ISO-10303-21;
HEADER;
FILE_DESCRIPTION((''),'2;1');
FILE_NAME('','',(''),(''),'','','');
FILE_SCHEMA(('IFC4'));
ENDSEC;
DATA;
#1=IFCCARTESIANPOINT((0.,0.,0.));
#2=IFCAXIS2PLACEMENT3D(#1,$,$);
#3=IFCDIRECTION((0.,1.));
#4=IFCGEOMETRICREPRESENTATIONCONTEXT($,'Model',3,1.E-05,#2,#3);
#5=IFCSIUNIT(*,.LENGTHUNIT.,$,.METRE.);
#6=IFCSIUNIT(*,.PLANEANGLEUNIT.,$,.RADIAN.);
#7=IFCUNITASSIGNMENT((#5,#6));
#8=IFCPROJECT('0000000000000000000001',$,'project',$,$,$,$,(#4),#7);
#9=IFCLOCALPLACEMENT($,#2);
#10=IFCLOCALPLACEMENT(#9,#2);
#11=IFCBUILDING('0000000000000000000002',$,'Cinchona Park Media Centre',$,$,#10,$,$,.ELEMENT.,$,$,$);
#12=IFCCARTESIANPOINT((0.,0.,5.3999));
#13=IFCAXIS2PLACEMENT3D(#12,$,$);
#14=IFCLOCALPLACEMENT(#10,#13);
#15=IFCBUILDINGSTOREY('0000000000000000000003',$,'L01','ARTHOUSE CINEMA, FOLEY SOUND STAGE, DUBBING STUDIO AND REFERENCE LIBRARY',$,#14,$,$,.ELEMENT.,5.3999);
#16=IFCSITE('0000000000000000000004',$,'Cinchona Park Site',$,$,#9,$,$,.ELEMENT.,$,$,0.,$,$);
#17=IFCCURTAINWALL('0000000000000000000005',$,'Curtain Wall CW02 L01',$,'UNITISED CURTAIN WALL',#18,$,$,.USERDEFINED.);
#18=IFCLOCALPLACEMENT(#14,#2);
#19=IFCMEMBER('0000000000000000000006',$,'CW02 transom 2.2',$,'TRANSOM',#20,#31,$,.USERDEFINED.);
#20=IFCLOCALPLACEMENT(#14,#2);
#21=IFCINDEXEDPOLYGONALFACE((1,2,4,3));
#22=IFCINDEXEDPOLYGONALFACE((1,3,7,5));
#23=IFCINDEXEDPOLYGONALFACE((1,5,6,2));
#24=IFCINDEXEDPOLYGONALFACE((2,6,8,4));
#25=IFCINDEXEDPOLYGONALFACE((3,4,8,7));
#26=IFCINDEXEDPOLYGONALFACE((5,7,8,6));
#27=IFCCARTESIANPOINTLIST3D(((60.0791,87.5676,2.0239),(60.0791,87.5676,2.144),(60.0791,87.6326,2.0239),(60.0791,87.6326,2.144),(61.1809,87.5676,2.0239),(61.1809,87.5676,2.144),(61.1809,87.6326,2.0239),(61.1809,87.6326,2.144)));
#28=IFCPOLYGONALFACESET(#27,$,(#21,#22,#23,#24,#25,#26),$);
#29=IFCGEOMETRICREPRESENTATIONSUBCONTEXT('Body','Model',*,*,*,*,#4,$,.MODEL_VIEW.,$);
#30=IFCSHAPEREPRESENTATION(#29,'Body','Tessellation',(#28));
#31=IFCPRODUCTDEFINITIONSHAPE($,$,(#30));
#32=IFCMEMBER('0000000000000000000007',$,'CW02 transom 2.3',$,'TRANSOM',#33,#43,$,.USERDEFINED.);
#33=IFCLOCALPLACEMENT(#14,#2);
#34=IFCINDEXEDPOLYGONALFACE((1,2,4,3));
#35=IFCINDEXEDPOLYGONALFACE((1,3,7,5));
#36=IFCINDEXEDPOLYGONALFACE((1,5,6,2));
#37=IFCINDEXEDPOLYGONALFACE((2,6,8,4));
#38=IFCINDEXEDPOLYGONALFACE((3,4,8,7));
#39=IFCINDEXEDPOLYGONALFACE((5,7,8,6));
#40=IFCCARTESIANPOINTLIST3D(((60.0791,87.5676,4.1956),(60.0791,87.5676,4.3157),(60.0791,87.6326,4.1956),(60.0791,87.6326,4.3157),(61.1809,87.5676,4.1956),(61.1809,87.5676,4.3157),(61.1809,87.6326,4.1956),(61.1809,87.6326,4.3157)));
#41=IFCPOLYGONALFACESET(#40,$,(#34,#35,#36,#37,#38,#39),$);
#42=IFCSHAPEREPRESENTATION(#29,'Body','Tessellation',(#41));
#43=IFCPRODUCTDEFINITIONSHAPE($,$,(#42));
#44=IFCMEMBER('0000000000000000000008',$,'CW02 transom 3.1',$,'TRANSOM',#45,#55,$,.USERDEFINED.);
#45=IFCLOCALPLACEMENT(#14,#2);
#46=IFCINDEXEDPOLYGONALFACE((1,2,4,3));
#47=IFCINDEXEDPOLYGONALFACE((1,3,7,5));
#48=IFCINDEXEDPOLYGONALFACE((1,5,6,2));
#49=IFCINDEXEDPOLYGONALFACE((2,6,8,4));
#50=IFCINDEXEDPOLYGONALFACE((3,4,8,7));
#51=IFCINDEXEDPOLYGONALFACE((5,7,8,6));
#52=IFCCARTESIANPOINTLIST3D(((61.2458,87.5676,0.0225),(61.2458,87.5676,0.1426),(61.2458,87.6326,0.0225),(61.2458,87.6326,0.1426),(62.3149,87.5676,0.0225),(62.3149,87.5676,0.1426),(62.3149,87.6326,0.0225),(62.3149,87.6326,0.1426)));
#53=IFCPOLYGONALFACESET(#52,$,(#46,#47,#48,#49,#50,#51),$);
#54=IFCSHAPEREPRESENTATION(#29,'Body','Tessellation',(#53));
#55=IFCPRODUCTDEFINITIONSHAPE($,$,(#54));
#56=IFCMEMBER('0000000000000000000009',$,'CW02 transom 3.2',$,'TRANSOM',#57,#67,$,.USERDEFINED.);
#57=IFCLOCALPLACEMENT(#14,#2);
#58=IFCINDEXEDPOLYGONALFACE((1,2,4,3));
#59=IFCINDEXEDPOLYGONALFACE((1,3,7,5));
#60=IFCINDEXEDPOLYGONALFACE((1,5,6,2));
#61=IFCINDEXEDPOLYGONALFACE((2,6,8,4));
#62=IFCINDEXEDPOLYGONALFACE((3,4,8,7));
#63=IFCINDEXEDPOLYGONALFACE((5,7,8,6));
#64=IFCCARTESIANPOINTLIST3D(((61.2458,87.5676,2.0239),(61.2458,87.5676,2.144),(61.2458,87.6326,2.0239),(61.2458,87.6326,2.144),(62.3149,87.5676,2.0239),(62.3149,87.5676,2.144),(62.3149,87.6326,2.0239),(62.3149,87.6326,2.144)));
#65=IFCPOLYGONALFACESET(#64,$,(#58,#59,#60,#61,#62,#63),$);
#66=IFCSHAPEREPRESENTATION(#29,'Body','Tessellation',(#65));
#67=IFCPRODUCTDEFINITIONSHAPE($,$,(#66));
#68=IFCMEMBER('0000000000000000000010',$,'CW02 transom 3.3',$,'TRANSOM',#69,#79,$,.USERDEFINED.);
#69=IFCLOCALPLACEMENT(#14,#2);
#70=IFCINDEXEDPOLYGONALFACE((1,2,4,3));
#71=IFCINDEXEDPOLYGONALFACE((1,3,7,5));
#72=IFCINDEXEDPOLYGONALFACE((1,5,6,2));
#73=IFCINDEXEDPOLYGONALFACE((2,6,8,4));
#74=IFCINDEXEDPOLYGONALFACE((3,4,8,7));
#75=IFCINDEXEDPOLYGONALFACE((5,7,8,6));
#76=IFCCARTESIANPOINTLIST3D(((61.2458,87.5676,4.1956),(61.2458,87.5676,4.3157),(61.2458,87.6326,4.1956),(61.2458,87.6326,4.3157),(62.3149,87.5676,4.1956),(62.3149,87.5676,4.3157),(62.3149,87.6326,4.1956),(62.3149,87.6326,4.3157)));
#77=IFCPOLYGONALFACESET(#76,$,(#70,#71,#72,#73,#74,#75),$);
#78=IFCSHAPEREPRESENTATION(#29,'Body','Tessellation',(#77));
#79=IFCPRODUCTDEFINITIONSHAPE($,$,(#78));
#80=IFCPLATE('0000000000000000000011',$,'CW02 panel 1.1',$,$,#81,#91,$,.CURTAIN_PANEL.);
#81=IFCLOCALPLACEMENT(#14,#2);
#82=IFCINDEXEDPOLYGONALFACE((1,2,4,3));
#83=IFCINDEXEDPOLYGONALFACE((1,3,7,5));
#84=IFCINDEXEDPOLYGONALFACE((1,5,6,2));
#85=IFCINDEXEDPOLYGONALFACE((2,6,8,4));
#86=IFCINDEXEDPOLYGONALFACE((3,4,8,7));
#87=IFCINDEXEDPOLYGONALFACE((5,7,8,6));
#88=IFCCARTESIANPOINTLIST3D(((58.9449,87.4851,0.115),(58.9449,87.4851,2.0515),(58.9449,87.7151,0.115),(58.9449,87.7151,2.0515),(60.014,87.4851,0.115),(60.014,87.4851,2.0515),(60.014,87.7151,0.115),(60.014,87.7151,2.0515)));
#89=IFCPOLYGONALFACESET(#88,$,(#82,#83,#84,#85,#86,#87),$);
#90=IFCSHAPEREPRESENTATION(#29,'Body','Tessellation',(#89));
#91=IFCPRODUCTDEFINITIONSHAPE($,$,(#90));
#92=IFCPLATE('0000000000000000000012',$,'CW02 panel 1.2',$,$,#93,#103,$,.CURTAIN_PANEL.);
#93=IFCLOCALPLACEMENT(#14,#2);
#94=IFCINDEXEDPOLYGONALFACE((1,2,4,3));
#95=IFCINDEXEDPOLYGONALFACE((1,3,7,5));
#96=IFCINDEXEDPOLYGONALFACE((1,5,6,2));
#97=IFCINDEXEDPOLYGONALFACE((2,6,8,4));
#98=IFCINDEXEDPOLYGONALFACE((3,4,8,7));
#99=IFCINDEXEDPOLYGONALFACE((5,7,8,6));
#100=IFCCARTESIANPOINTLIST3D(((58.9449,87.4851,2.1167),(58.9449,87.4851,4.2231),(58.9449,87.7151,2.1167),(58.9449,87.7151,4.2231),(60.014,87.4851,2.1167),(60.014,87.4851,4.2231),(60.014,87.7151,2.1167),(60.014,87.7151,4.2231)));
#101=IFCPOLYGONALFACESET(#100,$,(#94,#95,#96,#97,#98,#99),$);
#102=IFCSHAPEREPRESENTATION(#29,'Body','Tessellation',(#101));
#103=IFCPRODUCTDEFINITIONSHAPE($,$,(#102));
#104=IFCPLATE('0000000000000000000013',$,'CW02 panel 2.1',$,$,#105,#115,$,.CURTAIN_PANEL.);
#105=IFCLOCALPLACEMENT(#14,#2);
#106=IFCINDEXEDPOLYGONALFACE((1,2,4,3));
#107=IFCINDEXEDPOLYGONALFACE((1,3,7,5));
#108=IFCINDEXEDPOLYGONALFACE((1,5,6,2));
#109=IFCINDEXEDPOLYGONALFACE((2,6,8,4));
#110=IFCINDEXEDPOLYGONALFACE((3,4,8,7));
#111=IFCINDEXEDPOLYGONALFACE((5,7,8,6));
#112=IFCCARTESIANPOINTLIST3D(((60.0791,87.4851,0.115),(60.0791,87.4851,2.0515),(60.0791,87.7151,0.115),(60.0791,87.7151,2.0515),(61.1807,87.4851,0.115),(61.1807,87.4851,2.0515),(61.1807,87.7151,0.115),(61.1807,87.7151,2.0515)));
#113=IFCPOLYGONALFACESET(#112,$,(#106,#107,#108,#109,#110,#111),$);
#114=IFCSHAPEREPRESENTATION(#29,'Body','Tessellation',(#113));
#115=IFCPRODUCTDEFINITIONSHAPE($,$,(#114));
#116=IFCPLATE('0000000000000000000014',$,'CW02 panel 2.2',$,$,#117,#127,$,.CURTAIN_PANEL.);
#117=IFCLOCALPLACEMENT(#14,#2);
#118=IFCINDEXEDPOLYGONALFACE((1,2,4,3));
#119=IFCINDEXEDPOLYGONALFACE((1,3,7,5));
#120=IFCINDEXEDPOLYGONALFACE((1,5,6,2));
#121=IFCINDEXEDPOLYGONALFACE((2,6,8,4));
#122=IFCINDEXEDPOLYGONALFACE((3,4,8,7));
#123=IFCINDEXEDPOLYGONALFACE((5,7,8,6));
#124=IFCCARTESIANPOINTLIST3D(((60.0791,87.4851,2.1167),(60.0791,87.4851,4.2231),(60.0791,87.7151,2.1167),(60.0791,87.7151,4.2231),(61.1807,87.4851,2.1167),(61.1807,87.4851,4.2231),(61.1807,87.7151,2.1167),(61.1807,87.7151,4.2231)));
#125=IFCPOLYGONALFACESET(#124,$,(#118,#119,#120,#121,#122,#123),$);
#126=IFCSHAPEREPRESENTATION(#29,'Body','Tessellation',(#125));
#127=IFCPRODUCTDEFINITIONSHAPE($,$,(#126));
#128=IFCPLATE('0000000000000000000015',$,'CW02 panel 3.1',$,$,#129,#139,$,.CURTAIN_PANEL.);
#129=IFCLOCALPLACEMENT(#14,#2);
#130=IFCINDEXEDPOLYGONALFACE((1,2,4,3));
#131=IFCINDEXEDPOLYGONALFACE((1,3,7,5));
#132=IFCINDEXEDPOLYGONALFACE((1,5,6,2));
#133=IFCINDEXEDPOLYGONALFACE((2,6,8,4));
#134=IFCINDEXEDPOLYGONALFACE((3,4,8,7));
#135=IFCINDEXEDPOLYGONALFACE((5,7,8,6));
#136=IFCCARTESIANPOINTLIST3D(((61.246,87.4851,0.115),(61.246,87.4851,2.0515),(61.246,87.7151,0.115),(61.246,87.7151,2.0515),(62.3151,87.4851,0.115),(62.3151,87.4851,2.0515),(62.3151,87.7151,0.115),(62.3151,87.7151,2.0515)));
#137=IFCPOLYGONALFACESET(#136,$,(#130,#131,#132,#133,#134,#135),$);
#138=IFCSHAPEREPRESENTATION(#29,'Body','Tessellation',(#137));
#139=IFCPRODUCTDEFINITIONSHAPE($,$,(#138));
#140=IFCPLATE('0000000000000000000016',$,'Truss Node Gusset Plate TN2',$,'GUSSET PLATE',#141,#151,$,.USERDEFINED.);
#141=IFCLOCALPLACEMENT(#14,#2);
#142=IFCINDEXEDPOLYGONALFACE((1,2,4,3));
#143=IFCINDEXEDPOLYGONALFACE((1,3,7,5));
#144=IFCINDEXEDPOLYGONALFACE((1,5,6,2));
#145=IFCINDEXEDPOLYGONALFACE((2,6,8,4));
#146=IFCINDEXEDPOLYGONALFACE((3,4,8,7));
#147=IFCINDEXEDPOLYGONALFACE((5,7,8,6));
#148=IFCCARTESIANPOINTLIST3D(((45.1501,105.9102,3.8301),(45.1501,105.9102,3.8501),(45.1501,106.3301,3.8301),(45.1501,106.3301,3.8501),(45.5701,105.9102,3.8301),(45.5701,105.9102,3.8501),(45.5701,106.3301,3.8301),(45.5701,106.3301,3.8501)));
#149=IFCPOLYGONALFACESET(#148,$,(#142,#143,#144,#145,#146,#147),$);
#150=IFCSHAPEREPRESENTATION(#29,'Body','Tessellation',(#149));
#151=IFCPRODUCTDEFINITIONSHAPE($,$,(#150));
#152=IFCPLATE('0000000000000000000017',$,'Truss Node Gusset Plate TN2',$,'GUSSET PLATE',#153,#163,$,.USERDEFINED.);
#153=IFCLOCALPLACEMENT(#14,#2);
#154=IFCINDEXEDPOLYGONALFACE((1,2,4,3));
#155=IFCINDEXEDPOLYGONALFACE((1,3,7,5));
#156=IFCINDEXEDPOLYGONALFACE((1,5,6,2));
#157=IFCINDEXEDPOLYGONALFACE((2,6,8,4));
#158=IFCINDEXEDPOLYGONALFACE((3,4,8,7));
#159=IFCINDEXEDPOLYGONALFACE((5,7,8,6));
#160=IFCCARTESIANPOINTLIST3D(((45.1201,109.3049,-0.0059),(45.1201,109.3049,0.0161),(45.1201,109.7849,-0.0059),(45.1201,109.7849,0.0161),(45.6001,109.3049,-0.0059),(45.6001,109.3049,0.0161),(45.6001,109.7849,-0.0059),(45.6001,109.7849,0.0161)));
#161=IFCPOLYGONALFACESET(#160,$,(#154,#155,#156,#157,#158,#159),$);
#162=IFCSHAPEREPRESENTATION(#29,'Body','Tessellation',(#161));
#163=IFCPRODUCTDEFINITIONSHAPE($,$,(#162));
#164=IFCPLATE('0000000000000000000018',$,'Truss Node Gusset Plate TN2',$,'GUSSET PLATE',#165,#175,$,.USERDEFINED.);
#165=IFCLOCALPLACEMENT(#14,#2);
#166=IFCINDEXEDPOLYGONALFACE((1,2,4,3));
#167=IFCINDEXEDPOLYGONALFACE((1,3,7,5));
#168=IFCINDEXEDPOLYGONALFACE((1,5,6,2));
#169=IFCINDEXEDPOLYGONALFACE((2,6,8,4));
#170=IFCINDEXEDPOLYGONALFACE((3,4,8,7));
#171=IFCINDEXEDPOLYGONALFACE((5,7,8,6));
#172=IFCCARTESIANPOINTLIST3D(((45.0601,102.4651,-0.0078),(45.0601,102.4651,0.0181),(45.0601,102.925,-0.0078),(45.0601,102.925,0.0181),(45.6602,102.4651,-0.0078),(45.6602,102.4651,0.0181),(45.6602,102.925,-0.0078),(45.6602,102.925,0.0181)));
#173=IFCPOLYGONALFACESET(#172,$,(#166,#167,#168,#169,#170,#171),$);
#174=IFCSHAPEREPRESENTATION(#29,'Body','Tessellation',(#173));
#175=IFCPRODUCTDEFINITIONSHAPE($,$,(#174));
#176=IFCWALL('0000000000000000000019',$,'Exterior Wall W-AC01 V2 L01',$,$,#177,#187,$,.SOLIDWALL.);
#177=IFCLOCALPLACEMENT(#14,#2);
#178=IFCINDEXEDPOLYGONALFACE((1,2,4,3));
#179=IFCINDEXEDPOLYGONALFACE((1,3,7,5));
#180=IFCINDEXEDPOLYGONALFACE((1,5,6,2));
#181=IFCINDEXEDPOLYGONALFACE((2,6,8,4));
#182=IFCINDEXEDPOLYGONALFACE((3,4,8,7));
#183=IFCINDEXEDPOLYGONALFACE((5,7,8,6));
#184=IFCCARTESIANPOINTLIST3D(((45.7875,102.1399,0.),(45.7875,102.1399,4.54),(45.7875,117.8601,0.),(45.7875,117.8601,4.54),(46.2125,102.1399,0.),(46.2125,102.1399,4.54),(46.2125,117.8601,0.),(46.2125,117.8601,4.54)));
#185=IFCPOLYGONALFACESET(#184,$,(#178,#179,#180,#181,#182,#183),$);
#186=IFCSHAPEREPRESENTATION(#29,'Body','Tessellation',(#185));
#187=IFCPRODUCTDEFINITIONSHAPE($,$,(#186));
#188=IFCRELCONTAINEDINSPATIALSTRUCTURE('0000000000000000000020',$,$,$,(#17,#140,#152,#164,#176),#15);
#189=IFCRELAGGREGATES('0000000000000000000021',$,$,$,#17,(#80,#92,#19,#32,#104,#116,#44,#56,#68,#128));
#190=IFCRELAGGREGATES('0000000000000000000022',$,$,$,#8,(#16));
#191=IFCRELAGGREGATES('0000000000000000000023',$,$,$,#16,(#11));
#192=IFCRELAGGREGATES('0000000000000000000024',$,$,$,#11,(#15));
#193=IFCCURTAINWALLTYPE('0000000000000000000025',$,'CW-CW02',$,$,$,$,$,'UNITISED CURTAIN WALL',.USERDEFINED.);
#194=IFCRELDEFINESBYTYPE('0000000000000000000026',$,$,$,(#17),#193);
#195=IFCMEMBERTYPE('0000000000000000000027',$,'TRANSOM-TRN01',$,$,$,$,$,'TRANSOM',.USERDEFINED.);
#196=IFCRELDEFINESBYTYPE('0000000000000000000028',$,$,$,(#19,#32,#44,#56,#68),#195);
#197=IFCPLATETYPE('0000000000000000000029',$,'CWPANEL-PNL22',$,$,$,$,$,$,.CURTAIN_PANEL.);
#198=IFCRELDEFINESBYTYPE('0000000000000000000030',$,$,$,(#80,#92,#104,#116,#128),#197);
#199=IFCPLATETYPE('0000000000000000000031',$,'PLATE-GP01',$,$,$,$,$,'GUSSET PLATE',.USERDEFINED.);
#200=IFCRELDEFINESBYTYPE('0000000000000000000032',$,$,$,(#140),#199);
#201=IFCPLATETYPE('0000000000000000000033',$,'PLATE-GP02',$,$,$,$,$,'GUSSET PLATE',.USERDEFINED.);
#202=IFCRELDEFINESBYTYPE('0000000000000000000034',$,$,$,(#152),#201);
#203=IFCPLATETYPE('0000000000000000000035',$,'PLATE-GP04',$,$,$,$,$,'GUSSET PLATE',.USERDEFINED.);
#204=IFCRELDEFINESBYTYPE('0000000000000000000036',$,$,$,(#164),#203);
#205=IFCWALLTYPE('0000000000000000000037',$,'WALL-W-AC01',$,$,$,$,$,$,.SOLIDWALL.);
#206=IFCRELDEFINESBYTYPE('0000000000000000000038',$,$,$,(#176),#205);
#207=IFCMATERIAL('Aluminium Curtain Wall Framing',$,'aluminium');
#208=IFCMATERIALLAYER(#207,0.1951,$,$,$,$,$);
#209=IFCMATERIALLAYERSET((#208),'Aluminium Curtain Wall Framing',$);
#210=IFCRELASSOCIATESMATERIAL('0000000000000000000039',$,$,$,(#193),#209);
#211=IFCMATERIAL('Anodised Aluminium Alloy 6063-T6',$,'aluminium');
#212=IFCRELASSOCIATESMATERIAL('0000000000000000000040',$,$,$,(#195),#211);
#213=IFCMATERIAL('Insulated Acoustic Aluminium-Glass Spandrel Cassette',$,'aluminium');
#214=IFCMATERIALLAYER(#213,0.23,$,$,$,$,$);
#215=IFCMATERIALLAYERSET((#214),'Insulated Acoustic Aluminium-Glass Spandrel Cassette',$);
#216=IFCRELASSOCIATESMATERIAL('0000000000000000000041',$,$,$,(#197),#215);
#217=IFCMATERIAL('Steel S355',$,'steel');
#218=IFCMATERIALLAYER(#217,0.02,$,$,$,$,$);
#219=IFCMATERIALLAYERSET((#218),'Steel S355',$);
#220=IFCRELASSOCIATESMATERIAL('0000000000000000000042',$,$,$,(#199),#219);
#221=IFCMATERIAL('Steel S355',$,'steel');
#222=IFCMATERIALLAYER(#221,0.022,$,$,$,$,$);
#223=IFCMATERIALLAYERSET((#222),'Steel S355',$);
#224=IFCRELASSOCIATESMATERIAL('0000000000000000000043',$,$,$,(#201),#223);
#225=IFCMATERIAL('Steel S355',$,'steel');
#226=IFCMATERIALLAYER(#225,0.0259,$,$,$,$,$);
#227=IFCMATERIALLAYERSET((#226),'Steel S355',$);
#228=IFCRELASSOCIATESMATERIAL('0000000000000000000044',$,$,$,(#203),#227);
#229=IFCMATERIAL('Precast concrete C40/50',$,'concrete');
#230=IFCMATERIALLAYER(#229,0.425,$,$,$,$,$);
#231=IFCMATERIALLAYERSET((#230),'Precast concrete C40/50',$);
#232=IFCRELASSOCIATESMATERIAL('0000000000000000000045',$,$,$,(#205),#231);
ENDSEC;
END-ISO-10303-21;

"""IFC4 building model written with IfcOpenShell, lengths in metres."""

from ifc_helpers import new_model, si_unit, direction, frame, frame_2d, origin, origin_2d, place, context, subcontext, project, spatial, rectangle, extrude, material, layer, layer_set, material_profile, profile_set, type_object, element, aggregate, save


model = new_model("IFC4")

# Units and contexts
model_context = context("Model", 3, precision=1e-05, world=origin(), true_north=direction((0.0, 1.0)))
body_context = subcontext(model_context, "Body", "Model", "MODEL_VIEW")
ifc_project = project(units=[si_unit("LENGTHUNIT", "METRE"), si_unit("PLANEANGLEUNIT", "RADIAN")], contexts=[model_context])

# Site, building, storey
site_placement = place(None, origin())
site = spatial("IfcSite", under=ifc_project, at=site_placement, Name="Cinchona Park Site", CompositionType="ELEMENT", RefElevation=0.0)
building_placement = place(site_placement, origin())
building = spatial("IfcBuilding", under=site, at=building_placement, Name="Cinchona Park Media Centre", CompositionType="ELEMENT")
storey_placement = place(building_placement, frame((0.0, 0.0, 5.3999)))
storey = spatial("IfcBuildingStorey", under=building, at=storey_placement, Name="L01", Description="ARTHOUSE CINEMA, FOLEY SOUND STAGE, DUBBING STUDIO AND REFERENCE LIBRARY", CompositionType="ELEMENT", Elevation=5.3999)

# Curtain wall, members, plates
ifc_material_1 = material(Name="Aluminium Curtain Wall Framing", Category="aluminium")
ifc_layer_1 = layer(ifc_material_1, 0.1951)
ifc_layer_set_1 = layer_set([ifc_layer_1], Name="Aluminium Curtain Wall Framing")
curtain_wall_type = type_object("IfcCurtainWallType", Name="CW-CW02", ElementType="UNITISED CURTAIN WALL", PredefinedType="USERDEFINED", material=ifc_layer_set_1)
curtain_wall_placement = place(storey_placement, origin())
curtain_wall = element("IfcCurtainWall", 1, at=curtain_wall_placement, inside=storey, type_object=curtain_wall_type, Name="Curtain Wall CW02 L01", ObjectType="UNITISED CURTAIN WALL", PredefinedType="USERDEFINED")
ifc_material_2 = material(Name="Anodised Aluminium Alloy 6063-T6", Category="aluminium")
ifc_material_profile_1 = material_profile(ifc_material_2, rectangle(XDim=0.0649, YDim=0.1201, at=origin_2d()), Name="TRN-65X120")
ifc_profile_set_1 = profile_set([ifc_material_profile_1], Name="Anodised Aluminium Alloy 6063-T6")
member_type_1 = type_object("IfcMemberType", Name="TRANSOM-TRN01", ElementType="TRANSOM", PredefinedType="USERDEFINED", material=ifc_profile_set_1)
member_1_placement = place(storey_placement, frame((60.0791, 87.6001, 2.084), z_axis=(1.0, 0.0, 0.0), x_axis=(0.0, 1.0, 0.0)))
member_1 = element("IfcMember", 2, at=member_1_placement, type_object=member_type_1, Name="CW02 transom 2.2", ObjectType="TRANSOM", PredefinedType="USERDEFINED", context=body_context, shape_type="SweptSolid", body=[
    extrude(rectangle(XDim=0.0649, YDim=0.1201, at=origin_2d()), origin(), (0.0, 0.0, 1.0), 1.1018),
])
member_2_placement = place(storey_placement, frame((60.0791, 87.6001, 4.2556), z_axis=(1.0, 0.0, 0.0), x_axis=(0.0, 1.0, 0.0)))
member_2 = element("IfcMember", 3, at=member_2_placement, type_object=member_type_1, Name="CW02 transom 2.3", ObjectType="TRANSOM", PredefinedType="USERDEFINED", context=body_context, shape_type="SweptSolid", body=[
    extrude(rectangle(XDim=0.0649, YDim=0.1201, at=origin_2d()), origin(), (0.0, 0.0, 1.0), 1.1018),
])
member_3_placement = place(storey_placement, frame((61.2458, 87.6001, 0.0825), z_axis=(1.0, 0.0, 0.0), x_axis=(0.0, 1.0, 0.0)))
member_3 = element("IfcMember", 4, at=member_3_placement, type_object=member_type_1, Name="CW02 transom 3.1", ObjectType="TRANSOM", PredefinedType="USERDEFINED", context=body_context, shape_type="SweptSolid", body=[
    extrude(rectangle(XDim=0.0649, YDim=0.1201, at=origin_2d()), origin(), (0.0, 0.0, 1.0), 1.0691),
])
member_4_placement = place(storey_placement, frame((61.2458, 87.6001, 2.084), z_axis=(1.0, 0.0, 0.0), x_axis=(0.0, 1.0, 0.0)))
member_4 = element("IfcMember", 5, at=member_4_placement, type_object=member_type_1, Name="CW02 transom 3.2", ObjectType="TRANSOM", PredefinedType="USERDEFINED", context=body_context, shape_type="SweptSolid", body=[
    extrude(rectangle(XDim=0.0649, YDim=0.1201, at=origin_2d()), origin(), (0.0, 0.0, 1.0), 1.0691),
])
member_5_placement = place(storey_placement, frame((61.2458, 87.6001, 4.2556), z_axis=(1.0, 0.0, 0.0), x_axis=(0.0, 1.0, 0.0)))
member_5 = element("IfcMember", 6, at=member_5_placement, type_object=member_type_1, Name="CW02 transom 3.3", ObjectType="TRANSOM", PredefinedType="USERDEFINED", context=body_context, shape_type="SweptSolid", body=[
    extrude(rectangle(XDim=0.0649, YDim=0.1201, at=origin_2d()), origin(), (0.0, 0.0, 1.0), 1.0691),
])
ifc_material_3 = material(Name="Insulated Acoustic Aluminium-Glass Spandrel Cassette", Category="aluminium")
ifc_layer_2 = layer(ifc_material_3, 0.23)
ifc_layer_set_2 = layer_set([ifc_layer_2], Name="Insulated Acoustic Aluminium-Glass Spandrel Cassette")
plate_type_1 = type_object("IfcPlateType", Name="CWPANEL-PNL22", PredefinedType="CURTAIN_PANEL", material=ifc_layer_set_2)
plate_1_placement = place(storey_placement, frame((59.4795, 87.6001, 0.115), z_axis=(0.0, 0.0, 1.0), x_axis=(1.0, 0.0, 0.0)))
plate_1 = element("IfcPlate", 7, at=plate_1_placement, type_object=plate_type_1, Name="CW02 panel 1.1", PredefinedType="CURTAIN_PANEL", context=body_context, shape_type="SweptSolid", body=[
    extrude(rectangle(XDim=1.0691, YDim=0.23, at=origin_2d()), origin(), (0.0, 0.0, 1.0), 1.9365),
])
plate_2_placement = place(storey_placement, frame((59.4795, 87.6001, 2.1167), z_axis=(0.0, 0.0, 1.0), x_axis=(1.0, 0.0, 0.0)))
plate_2 = element("IfcPlate", 8, at=plate_2_placement, type_object=plate_type_1, Name="CW02 panel 1.2", PredefinedType="CURTAIN_PANEL", context=body_context, shape_type="SweptSolid", body=[
    extrude(rectangle(XDim=1.0691, YDim=0.23, at=origin_2d()), origin(), (0.0, 0.0, 1.0), 2.1064),
])
plate_3_placement = place(storey_placement, frame((60.6299, 87.6001, 0.115), z_axis=(0.0, 0.0, 1.0), x_axis=(1.0, 0.0, 0.0)))
plate_3 = element("IfcPlate", 9, at=plate_3_placement, type_object=plate_type_1, Name="CW02 panel 2.1", PredefinedType="CURTAIN_PANEL", context=body_context, shape_type="SweptSolid", body=[
    extrude(rectangle(XDim=1.1016, YDim=0.23, at=origin_2d()), origin(), (0.0, 0.0, 1.0), 1.9365),
])
plate_4_placement = place(storey_placement, frame((60.6299, 87.6001, 2.1167), z_axis=(0.0, 0.0, 1.0), x_axis=(1.0, 0.0, 0.0)))
plate_4 = element("IfcPlate", 10, at=plate_4_placement, type_object=plate_type_1, Name="CW02 panel 2.2", PredefinedType="CURTAIN_PANEL", context=body_context, shape_type="SweptSolid", body=[
    extrude(rectangle(XDim=1.1016, YDim=0.23, at=origin_2d()), origin(), (0.0, 0.0, 1.0), 2.1064),
])
plate_5_placement = place(storey_placement, frame((61.7805, 87.6001, 0.115), z_axis=(0.0, 0.0, 1.0), x_axis=(1.0, 0.0, 0.0)))
plate_5 = element("IfcPlate", 11, at=plate_5_placement, type_object=plate_type_1, Name="CW02 panel 3.1", PredefinedType="CURTAIN_PANEL", context=body_context, shape_type="SweptSolid", body=[
    extrude(rectangle(XDim=1.0691, YDim=0.23, at=origin_2d()), origin(), (0.0, 0.0, 1.0), 1.9365),
])
aggregate(curtain_wall, [plate_1, plate_2, member_1, member_2, plate_3, plate_4, member_3, member_4, member_5, plate_5])

# Plates
ifc_material_4 = material(Name="Steel S355", Category="steel")
ifc_layer_3 = layer(ifc_material_4, 0.02)
ifc_layer_set_3 = layer_set([ifc_layer_3], Name="Steel S355")
plate_type_2 = type_object("IfcPlateType", Name="PLATE-GP01", ElementType="GUSSET PLATE", PredefinedType="USERDEFINED", material=ifc_layer_set_3)
plate_6_placement = place(storey_placement, frame((45.3601, 106.1201, 3.8301), z_axis=(0.0, 0.0, 1.0), x_axis=(1.0, 0.0, 0.0)))
element("IfcPlate", 12, at=plate_6_placement, inside=storey, type_object=plate_type_2, Name="Truss Node Gusset Plate TN2", ObjectType="GUSSET PLATE", PredefinedType="USERDEFINED", context=body_context, shape_type="SweptSolid", body=[
    extrude(rectangle(XDim=0.4199, YDim=0.4199, at=origin_2d()), origin(), (0.0, 0.0, 1.0), 0.02),
])
ifc_material_5 = material(Name="Steel S355", Category="steel")
ifc_layer_4 = layer(ifc_material_5, 0.022)
ifc_layer_set_4 = layer_set([ifc_layer_4], Name="Steel S355")
plate_type_3 = type_object("IfcPlateType", Name="PLATE-GP02", ElementType="GUSSET PLATE", PredefinedType="USERDEFINED", material=ifc_layer_set_4)
plate_7_placement = place(storey_placement, frame((45.3601, 109.5449, -0.0059), z_axis=(0.0, 0.0, 1.0), x_axis=(1.0, 0.0, 0.0)))
element("IfcPlate", 13, at=plate_7_placement, inside=storey, type_object=plate_type_3, Name="Truss Node Gusset Plate TN2", ObjectType="GUSSET PLATE", PredefinedType="USERDEFINED", context=body_context, shape_type="SweptSolid", body=[
    extrude(rectangle(XDim=0.48, YDim=0.48, at=origin_2d()), origin(), (0.0, 0.0, 1.0), 0.022),
])
ifc_material_6 = material(Name="Steel S355", Category="steel")
ifc_layer_5 = layer(ifc_material_6, 0.0259)
ifc_layer_set_5 = layer_set([ifc_layer_5], Name="Steel S355")
plate_type_4 = type_object("IfcPlateType", Name="PLATE-GP04", ElementType="GUSSET PLATE", PredefinedType="USERDEFINED", material=ifc_layer_set_5)
plate_8_placement = place(storey_placement, frame((45.3601, 102.6951, -0.0078), z_axis=(0.0, 0.0, 1.0), x_axis=(1.0, 0.0, 0.0)))
element("IfcPlate", 14, at=plate_8_placement, inside=storey, type_object=plate_type_4, Name="Truss Node Gusset Plate TN2", ObjectType="GUSSET PLATE", PredefinedType="USERDEFINED", context=body_context, shape_type="SweptSolid", body=[
    extrude(rectangle(XDim=0.6001, YDim=0.46, at=origin_2d()), origin(), (0.0, 0.0, 1.0), 0.0259),
])

# Wall
ifc_material_7 = material(Name="Precast concrete C40/50", Category="concrete")
ifc_layer_6 = layer(ifc_material_7, 0.425)
ifc_layer_set_6 = layer_set([ifc_layer_6], Name="Precast concrete C40/50")
wall_type = type_object("IfcWallType", Name="WALL-W-AC01", PredefinedType="SOLIDWALL", material=ifc_layer_set_6)
wall_1_placement = place(storey_placement, frame((46.0, 117.8601, 0.0), z_axis=(0.0, 0.0, 1.0), x_axis=(0.0, -1.0, 0.0)))
element("IfcWall", 15, at=wall_1_placement, inside=storey, type_object=wall_type, Name="Exterior Wall W-AC01 V2 L01", PredefinedType="SOLIDWALL", context=body_context, shape_type="SweptSolid", body=[
    extrude(rectangle(XDim=15.7202, YDim=0.425, at=frame_2d((7.8601, 0.0))), origin(), (0.0, 0.0, 1.0), 4.54),
])

save(model, "model.ifc")
